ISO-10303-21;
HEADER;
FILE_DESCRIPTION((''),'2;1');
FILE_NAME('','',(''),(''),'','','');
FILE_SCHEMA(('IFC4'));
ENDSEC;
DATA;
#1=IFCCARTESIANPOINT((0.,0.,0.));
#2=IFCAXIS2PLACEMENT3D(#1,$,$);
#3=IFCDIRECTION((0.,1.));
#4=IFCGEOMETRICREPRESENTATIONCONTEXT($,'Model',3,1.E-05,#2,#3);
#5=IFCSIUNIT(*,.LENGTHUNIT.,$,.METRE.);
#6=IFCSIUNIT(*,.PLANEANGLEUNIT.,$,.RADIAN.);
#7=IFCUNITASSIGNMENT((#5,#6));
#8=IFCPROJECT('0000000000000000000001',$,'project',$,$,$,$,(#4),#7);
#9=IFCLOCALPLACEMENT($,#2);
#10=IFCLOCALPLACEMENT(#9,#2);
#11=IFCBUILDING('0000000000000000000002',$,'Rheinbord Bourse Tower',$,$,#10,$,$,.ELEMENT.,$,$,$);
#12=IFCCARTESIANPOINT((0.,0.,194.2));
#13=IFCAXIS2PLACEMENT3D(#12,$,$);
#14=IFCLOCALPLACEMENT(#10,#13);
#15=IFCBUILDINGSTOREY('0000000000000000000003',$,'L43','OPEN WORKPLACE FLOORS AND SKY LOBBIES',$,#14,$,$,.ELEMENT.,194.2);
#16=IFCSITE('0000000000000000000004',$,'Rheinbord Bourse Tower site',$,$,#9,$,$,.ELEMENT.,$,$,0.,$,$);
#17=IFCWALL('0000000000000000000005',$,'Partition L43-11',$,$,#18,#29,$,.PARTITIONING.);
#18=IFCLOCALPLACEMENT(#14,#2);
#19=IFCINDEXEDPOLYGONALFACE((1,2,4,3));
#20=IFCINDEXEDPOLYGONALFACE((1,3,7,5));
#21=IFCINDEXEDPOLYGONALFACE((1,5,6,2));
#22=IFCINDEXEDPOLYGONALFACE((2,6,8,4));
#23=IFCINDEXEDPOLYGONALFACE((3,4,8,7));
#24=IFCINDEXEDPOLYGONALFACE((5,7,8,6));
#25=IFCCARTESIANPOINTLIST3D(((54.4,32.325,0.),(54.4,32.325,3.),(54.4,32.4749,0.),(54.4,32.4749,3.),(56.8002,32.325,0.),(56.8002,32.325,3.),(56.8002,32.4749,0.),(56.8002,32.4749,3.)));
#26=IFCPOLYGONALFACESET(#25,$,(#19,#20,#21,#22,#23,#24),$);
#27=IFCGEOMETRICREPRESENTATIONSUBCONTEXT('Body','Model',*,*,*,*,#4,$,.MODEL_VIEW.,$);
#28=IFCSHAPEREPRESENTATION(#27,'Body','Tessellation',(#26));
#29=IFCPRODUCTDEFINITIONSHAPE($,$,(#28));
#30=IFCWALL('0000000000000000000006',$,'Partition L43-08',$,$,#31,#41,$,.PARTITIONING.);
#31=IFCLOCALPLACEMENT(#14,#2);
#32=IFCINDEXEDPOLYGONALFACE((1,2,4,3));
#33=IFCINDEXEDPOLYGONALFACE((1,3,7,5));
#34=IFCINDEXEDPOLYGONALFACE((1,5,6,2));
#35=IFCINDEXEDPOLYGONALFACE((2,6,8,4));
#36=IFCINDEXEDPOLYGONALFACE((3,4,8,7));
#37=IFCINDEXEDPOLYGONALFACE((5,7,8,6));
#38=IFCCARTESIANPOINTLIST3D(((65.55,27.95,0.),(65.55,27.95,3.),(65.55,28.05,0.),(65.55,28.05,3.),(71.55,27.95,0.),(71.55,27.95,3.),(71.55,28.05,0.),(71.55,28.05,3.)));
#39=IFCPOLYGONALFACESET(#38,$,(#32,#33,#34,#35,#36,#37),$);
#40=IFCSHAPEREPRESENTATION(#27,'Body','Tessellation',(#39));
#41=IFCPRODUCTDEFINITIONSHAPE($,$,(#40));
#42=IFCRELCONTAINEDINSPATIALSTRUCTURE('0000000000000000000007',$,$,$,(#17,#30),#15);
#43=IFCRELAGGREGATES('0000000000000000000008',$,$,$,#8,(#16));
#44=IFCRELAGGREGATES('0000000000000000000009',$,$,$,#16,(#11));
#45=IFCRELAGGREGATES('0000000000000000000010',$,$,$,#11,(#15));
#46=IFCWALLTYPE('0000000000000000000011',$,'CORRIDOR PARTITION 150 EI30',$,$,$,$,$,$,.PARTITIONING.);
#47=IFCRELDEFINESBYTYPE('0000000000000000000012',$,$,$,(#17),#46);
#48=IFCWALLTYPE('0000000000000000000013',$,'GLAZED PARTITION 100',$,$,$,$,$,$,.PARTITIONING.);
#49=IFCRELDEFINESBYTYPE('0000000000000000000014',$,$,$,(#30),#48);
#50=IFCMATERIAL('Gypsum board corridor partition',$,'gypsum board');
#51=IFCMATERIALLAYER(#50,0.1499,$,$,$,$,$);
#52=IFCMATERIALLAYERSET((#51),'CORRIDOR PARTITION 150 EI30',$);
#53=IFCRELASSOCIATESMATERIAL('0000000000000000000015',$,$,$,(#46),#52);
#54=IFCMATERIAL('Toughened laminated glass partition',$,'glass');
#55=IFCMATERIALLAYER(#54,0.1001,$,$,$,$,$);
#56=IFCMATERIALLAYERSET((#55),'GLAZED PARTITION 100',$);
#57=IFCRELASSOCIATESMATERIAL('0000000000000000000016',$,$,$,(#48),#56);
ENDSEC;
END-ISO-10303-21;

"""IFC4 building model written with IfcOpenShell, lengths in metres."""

from ifc_helpers import new_model, si_unit, direction, frame, frame_2d, origin, place, context, subcontext, project, spatial, rectangle, extrude, material, layer, layer_set, type_object, element, save


model = new_model("IFC4")

# Units and contexts
model_context = context("Model", 3, precision=1e-05, world=origin(), true_north=direction((0.0, 1.0)))
body_context = subcontext(model_context, "Body", "Model", "MODEL_VIEW")
ifc_project = project(units=[si_unit("LENGTHUNIT", "METRE"), si_unit("PLANEANGLEUNIT", "RADIAN")], contexts=[model_context])

# Site, building, storey
site_placement = place(None, origin())
site = spatial("IfcSite", under=ifc_project, at=site_placement, Name="Rheinbord Bourse Tower site", CompositionType="ELEMENT", RefElevation=0.0)
building_placement = place(site_placement, origin())
building = spatial("IfcBuilding", under=site, at=building_placement, Name="Rheinbord Bourse Tower", CompositionType="ELEMENT")
storey_placement = place(building_placement, frame((0.0, 0.0, 194.2)))
storey = spatial("IfcBuildingStorey", under=building, at=storey_placement, Name="L43", Description="OPEN WORKPLACE FLOORS AND SKY LOBBIES", CompositionType="ELEMENT", Elevation=194.2)

# Walls
ifc_material_1 = material(Name="Gypsum board corridor partition", Category="gypsum board")
ifc_layer_1 = layer(ifc_material_1, 0.1499)
ifc_layer_set_1 = layer_set([ifc_layer_1], Name="CORRIDOR PARTITION 150 EI30")
wall_type_1 = type_object("IfcWallType", Name="CORRIDOR PARTITION 150 EI30", PredefinedType="PARTITIONING", material=ifc_layer_set_1)
wall_1_placement = place(storey_placement, frame((54.3999, 32.3999, 0.0), z_axis=(0.0, 0.0, 1.0), x_axis=(1.0, 0.0, 0.0)))
element("IfcWall", 1, at=wall_1_placement, inside=storey, type_object=wall_type_1, Name="Partition L43-11", PredefinedType="PARTITIONING", context=body_context, shape_type="SweptSolid", body=[
    extrude(rectangle(XDim=2.4001, YDim=0.1499, at=frame_2d((1.2002, 0.0))), origin(), (0.0, 0.0, 1.0), 3.0),
])
ifc_material_2 = material(Name="Toughened laminated glass partition", Category="glass")
ifc_layer_2 = layer(ifc_material_2, 0.1001)
ifc_layer_set_2 = layer_set([ifc_layer_2], Name="GLAZED PARTITION 100")
wall_type_2 = type_object("IfcWallType", Name="GLAZED PARTITION 100", PredefinedType="PARTITIONING", material=ifc_layer_set_2)
wall_2_placement = place(storey_placement, frame((65.55, 28.0, 0.0), z_axis=(0.0, 0.0, 1.0), x_axis=(1.0, 0.0, 0.0)))
element("IfcWall", 2, at=wall_2_placement, inside=storey, type_object=wall_type_2, Name="Partition L43-08", PredefinedType="PARTITIONING", context=body_context, shape_type="SweptSolid", body=[
    extrude(rectangle(XDim=6.0, YDim=0.1001, at=frame_2d((3.0, 0.0))), origin(), (0.0, 0.0, 1.0), 3.0),
])

save(model, "model.ifc")
